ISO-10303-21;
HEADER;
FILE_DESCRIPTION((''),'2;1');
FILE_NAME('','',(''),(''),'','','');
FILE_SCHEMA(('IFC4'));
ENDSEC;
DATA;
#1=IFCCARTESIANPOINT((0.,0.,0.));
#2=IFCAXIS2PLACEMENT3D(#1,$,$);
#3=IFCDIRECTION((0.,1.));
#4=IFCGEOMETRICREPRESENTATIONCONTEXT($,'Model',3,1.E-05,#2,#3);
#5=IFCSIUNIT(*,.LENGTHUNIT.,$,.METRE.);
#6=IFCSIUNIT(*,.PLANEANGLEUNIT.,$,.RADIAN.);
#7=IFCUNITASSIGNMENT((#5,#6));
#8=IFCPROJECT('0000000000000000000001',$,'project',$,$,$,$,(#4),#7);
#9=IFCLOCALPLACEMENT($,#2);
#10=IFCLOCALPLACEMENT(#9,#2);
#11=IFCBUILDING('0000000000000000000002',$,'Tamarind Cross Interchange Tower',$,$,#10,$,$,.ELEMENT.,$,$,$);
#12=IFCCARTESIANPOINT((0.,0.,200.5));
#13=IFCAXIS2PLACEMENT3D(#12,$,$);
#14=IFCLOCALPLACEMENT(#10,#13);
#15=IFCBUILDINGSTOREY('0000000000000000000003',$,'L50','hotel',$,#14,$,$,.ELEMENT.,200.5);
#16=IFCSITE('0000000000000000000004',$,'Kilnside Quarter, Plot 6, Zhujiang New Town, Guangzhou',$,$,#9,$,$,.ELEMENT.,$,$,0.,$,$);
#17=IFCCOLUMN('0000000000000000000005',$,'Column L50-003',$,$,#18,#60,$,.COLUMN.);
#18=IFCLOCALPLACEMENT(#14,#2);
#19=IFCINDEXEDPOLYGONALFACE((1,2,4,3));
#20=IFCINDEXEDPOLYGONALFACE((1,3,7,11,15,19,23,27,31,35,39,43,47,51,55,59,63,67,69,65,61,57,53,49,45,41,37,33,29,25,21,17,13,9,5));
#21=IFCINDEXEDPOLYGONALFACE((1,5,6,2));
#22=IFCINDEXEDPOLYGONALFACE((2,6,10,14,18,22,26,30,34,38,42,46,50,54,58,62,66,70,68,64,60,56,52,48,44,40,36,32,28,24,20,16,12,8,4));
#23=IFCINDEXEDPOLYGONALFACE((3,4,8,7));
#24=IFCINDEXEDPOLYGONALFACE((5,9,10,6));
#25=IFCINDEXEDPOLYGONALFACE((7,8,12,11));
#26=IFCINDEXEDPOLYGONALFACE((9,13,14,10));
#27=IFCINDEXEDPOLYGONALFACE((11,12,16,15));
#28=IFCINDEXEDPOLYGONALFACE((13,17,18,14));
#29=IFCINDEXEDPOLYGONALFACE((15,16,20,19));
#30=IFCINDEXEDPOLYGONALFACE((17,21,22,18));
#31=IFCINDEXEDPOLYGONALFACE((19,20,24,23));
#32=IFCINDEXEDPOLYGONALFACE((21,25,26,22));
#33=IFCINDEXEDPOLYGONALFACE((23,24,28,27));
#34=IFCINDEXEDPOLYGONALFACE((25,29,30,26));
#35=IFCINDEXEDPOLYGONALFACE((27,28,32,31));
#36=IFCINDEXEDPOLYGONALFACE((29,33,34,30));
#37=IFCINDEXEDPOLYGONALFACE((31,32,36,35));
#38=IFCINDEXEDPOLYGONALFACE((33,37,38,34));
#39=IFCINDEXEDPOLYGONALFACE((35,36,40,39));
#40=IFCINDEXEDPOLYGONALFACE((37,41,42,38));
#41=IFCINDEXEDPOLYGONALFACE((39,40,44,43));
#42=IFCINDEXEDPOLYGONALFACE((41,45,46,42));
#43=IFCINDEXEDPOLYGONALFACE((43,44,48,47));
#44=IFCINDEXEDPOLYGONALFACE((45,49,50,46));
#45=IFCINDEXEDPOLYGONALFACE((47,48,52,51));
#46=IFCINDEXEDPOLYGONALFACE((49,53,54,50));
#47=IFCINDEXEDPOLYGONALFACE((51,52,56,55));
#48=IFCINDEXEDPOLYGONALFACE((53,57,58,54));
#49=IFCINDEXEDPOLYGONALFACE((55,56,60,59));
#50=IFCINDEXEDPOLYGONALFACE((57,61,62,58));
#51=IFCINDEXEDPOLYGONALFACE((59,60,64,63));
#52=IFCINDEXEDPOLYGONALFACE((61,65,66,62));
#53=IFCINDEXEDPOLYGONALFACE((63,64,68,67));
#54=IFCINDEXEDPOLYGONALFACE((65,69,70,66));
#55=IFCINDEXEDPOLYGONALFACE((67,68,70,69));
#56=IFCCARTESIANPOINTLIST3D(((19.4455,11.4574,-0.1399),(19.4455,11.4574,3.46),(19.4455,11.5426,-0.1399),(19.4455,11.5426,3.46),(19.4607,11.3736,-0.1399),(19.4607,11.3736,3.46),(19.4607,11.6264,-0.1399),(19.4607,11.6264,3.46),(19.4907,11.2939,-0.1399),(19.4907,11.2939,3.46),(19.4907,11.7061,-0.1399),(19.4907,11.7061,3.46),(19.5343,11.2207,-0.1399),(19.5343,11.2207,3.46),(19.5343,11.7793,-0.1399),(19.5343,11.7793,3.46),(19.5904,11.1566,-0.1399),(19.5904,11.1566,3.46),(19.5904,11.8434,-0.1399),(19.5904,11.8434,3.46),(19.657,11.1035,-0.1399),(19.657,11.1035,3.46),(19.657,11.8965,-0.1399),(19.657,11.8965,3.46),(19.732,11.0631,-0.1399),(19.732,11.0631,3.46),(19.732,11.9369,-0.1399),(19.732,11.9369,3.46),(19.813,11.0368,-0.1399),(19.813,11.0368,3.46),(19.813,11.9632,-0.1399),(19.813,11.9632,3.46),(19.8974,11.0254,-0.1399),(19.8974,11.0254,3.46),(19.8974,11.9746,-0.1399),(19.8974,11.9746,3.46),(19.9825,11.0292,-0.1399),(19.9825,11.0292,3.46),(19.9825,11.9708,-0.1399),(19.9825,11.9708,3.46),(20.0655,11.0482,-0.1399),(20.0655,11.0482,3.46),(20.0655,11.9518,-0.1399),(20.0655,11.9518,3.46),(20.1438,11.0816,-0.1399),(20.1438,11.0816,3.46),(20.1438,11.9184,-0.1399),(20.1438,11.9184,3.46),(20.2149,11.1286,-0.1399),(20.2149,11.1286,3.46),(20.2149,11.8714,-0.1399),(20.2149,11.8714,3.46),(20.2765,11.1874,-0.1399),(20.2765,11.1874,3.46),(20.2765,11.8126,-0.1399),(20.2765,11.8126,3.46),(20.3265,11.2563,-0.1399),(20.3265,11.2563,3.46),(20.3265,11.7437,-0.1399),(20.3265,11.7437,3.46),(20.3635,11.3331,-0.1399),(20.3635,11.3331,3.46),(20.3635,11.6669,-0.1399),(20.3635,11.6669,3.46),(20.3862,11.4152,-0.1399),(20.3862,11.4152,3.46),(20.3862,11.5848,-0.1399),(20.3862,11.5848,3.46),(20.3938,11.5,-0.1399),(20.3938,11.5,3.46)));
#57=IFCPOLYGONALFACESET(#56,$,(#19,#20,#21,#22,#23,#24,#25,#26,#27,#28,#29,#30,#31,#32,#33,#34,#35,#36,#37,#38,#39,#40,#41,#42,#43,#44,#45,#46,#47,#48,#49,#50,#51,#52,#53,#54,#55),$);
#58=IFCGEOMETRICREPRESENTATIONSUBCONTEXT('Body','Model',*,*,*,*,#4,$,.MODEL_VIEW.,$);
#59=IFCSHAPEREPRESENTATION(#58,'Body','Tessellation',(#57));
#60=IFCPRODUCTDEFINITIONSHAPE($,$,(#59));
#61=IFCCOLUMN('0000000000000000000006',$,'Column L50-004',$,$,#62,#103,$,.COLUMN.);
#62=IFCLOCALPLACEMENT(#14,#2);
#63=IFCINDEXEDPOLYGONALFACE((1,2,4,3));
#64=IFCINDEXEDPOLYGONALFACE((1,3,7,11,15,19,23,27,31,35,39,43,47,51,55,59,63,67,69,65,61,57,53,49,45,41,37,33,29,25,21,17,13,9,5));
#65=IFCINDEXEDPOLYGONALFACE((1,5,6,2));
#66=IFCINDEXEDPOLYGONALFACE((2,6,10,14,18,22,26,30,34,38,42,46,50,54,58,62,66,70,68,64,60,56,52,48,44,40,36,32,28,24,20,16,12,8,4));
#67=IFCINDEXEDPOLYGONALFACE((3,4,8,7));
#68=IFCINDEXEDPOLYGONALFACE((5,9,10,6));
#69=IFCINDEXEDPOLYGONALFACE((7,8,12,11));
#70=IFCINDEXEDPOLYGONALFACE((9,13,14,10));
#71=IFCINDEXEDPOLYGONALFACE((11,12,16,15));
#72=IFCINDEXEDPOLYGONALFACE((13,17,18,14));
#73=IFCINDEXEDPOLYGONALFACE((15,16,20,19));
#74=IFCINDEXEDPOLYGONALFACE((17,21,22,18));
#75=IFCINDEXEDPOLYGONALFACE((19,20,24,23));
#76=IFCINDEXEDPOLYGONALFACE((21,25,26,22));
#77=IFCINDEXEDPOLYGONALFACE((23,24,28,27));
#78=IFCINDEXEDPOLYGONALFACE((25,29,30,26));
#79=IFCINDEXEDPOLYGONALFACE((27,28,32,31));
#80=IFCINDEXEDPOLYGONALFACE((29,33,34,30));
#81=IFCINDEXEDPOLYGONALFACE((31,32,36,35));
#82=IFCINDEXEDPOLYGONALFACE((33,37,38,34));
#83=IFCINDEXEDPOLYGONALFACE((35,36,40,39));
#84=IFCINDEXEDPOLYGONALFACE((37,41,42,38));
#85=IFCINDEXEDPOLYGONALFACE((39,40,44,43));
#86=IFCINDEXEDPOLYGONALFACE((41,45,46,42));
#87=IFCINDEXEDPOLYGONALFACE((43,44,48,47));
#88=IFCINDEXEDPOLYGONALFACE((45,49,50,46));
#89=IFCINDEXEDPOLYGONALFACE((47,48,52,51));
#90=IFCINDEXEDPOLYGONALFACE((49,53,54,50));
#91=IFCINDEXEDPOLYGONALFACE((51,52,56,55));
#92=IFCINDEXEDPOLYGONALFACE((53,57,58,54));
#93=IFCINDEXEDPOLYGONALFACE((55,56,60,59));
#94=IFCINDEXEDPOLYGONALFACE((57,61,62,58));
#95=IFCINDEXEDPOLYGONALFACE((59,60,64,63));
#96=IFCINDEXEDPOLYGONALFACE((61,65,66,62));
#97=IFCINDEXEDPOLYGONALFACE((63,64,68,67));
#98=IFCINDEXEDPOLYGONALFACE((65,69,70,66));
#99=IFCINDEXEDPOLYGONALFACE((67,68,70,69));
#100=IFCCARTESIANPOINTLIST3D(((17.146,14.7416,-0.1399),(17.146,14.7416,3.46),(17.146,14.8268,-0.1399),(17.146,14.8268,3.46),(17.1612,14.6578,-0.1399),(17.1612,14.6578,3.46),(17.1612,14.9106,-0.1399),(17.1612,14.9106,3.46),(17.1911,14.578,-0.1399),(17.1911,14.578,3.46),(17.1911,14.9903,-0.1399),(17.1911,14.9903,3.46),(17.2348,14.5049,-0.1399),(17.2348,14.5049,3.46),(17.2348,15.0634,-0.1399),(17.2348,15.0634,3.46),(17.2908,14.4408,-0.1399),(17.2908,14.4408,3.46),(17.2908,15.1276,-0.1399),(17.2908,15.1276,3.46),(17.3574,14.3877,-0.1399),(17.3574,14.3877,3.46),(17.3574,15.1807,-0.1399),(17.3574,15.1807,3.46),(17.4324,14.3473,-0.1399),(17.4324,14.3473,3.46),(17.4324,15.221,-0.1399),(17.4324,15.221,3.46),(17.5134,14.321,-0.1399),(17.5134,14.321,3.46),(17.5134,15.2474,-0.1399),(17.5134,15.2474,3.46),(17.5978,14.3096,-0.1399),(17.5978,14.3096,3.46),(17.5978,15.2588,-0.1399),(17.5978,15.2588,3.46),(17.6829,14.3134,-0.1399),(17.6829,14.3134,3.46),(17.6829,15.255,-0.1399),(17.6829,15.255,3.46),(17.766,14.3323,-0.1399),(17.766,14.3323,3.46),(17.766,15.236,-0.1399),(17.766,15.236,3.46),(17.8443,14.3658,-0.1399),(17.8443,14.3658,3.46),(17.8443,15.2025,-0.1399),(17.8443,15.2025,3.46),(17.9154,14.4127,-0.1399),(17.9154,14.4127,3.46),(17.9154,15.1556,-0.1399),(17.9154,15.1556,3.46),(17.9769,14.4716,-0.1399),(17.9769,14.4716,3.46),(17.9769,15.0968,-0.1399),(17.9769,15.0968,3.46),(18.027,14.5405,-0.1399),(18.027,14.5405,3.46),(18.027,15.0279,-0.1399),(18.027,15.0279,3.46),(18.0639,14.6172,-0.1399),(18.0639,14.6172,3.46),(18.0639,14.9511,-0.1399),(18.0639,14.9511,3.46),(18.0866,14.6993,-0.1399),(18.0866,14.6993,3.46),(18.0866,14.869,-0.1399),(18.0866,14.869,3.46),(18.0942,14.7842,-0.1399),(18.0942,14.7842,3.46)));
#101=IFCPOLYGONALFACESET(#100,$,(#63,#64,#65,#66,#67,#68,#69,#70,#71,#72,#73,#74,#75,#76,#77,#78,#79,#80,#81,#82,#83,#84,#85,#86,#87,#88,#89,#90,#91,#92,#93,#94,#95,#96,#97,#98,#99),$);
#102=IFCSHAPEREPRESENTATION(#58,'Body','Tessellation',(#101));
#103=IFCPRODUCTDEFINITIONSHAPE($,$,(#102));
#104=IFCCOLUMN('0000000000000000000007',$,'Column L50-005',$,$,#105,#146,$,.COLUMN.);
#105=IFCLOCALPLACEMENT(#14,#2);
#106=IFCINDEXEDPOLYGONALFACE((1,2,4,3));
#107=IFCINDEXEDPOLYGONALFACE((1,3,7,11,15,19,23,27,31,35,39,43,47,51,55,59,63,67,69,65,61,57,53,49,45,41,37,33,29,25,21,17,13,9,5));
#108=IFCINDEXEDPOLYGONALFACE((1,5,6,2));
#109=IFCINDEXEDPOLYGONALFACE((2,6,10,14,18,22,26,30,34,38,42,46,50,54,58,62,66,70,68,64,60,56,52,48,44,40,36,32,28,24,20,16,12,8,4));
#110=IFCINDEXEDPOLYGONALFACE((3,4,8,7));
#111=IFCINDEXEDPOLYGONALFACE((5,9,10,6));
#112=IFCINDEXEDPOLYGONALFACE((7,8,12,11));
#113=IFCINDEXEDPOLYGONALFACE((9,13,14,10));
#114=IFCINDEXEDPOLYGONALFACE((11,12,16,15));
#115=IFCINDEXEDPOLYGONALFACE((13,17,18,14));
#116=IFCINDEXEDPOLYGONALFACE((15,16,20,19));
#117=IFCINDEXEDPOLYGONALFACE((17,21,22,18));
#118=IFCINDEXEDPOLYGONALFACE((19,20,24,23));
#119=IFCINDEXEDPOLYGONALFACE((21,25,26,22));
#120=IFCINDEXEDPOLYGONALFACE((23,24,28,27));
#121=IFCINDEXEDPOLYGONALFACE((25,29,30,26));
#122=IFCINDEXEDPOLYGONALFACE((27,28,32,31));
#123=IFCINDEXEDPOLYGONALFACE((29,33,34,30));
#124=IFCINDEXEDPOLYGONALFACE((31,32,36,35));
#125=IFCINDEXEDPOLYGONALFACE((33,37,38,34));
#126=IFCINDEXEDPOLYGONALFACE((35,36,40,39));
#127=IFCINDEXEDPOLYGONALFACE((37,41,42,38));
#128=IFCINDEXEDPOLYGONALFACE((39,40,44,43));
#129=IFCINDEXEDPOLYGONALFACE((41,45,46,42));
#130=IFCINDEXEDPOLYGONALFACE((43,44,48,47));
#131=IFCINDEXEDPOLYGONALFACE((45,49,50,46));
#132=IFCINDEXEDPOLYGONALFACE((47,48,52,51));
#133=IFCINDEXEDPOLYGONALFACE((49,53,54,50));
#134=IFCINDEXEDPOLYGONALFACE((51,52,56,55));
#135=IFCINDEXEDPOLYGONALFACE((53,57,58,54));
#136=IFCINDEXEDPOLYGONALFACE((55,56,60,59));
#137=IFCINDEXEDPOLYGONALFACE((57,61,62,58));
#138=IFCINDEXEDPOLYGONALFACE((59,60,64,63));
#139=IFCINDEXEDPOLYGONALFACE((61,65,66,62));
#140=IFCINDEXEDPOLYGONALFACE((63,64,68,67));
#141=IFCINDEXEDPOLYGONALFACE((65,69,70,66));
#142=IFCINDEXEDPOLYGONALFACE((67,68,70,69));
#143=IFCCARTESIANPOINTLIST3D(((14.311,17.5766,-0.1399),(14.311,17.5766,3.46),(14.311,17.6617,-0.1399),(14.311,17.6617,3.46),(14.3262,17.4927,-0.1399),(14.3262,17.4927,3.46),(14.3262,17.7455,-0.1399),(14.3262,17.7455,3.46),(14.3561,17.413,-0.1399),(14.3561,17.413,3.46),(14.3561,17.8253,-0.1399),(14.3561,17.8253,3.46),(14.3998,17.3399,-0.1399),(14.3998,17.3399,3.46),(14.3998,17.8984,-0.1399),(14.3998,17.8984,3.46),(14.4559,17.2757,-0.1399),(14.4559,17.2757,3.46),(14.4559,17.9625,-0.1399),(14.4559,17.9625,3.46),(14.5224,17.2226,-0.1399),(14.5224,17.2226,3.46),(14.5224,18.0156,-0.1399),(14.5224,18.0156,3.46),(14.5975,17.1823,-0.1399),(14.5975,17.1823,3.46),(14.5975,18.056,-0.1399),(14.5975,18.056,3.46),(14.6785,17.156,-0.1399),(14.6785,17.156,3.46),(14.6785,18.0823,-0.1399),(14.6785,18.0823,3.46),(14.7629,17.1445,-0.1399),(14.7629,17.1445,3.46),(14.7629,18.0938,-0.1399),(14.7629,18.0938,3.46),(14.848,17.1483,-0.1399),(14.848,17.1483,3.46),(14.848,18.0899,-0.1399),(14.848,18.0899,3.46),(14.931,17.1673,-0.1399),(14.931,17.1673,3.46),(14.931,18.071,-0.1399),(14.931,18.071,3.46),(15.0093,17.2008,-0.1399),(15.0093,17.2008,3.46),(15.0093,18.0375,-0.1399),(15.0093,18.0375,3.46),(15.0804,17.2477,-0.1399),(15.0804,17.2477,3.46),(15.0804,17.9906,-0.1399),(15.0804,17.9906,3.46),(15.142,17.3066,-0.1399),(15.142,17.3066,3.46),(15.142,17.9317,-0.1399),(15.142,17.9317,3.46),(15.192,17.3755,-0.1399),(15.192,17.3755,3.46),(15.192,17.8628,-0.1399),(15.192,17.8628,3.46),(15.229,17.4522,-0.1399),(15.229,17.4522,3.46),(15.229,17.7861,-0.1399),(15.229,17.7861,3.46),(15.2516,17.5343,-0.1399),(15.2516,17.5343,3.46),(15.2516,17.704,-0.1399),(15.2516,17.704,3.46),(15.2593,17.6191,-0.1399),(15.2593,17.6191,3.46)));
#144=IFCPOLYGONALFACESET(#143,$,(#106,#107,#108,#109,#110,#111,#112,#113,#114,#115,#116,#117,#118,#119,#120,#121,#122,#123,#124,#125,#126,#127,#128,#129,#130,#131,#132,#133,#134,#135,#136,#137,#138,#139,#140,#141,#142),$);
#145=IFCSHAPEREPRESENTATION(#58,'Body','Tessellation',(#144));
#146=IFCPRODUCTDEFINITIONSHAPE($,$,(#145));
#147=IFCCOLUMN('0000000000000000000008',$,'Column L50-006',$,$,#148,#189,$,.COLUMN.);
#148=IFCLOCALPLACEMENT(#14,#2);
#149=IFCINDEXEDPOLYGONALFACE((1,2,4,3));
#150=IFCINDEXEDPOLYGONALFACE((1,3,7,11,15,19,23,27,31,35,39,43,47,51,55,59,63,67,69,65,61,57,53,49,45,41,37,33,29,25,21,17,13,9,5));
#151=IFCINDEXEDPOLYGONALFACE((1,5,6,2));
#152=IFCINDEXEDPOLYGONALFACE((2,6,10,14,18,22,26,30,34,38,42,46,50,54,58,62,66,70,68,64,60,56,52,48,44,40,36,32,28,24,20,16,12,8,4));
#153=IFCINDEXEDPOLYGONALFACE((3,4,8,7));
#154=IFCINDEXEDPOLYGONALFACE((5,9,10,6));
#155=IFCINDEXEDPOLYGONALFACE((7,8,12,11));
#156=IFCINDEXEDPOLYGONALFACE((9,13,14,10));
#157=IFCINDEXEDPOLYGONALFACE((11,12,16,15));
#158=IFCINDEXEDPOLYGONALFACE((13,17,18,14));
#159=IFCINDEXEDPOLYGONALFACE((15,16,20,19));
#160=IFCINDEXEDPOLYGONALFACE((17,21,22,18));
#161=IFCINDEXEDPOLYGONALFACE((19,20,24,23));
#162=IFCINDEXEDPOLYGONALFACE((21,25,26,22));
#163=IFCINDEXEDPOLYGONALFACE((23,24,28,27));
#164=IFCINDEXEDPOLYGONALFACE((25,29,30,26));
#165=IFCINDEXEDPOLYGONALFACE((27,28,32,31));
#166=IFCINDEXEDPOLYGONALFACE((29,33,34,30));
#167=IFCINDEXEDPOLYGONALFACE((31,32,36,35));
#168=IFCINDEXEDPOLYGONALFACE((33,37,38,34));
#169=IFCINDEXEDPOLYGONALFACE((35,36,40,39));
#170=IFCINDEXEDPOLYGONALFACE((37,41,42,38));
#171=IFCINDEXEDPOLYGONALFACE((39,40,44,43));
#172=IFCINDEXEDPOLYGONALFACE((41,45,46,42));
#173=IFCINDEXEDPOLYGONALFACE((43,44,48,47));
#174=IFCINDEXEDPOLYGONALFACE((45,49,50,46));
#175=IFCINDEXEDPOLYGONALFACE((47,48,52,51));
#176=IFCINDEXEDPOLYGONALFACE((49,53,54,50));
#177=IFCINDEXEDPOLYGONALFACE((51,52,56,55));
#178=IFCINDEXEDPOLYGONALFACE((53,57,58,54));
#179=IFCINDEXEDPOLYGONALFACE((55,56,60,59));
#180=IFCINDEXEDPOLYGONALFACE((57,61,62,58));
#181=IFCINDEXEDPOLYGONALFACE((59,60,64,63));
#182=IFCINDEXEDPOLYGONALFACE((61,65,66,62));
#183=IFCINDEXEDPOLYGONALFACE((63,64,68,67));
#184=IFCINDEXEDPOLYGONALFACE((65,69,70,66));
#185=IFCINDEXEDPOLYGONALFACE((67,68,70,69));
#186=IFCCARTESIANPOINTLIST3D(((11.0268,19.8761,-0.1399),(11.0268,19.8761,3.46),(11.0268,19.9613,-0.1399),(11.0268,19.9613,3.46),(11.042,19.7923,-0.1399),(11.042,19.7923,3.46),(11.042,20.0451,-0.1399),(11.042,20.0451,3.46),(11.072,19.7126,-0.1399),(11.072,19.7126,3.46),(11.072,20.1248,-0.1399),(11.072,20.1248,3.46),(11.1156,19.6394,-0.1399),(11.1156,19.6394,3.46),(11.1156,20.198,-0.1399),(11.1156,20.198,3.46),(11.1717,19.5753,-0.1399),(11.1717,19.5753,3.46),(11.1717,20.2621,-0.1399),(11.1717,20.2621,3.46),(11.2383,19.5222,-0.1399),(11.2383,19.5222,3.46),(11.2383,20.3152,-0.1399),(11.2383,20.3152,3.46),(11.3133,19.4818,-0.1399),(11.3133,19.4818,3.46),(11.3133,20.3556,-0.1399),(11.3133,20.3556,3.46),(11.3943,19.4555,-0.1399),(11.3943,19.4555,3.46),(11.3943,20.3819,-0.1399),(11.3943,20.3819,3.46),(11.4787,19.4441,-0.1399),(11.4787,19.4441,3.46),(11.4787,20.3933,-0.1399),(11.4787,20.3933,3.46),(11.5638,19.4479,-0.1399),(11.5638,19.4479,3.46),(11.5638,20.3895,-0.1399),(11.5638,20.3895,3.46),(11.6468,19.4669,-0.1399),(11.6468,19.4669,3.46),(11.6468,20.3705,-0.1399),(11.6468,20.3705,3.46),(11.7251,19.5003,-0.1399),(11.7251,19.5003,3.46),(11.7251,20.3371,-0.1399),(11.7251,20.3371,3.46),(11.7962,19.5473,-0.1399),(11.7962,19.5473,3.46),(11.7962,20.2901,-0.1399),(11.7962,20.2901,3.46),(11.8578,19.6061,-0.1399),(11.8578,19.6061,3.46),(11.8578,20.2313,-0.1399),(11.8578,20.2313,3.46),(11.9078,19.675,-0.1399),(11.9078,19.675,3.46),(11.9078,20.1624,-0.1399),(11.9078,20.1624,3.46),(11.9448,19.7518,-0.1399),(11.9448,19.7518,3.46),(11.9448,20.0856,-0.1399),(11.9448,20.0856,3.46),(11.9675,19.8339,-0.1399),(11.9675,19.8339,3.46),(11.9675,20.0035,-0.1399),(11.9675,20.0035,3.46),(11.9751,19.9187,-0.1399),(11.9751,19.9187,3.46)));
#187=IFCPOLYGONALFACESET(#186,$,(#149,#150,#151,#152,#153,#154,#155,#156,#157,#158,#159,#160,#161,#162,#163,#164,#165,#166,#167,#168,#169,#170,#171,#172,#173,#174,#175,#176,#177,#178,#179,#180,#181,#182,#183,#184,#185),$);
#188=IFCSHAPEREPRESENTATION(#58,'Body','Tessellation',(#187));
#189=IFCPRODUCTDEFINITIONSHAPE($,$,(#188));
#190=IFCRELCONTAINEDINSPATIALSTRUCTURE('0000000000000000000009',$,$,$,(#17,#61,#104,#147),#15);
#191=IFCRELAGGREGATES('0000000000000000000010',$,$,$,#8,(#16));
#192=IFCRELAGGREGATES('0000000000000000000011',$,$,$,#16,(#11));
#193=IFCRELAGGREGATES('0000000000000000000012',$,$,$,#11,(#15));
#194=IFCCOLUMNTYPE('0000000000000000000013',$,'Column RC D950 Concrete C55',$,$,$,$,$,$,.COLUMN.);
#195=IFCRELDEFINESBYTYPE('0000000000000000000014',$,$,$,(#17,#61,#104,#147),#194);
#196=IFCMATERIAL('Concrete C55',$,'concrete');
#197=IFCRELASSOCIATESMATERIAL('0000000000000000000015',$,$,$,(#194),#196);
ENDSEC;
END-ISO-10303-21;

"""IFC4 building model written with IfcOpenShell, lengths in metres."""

from ifc_helpers import new_model, si_unit, direction, frame, origin, origin_2d, place, context, subcontext, project, spatial, circle, extrude, material, material_profile, profile_set, type_object, element, save


model = new_model("IFC4")

# Units and contexts
model_context = context("Model", 3, precision=1e-05, world=origin(), true_north=direction((0.0, 1.0)))
body_context = subcontext(model_context, "Body", "Model", "MODEL_VIEW")
ifc_project = project(units=[si_unit("LENGTHUNIT", "METRE"), si_unit("PLANEANGLEUNIT", "RADIAN")], contexts=[model_context])

# Site, building, storey
site_placement = place(None, origin())
site = spatial("IfcSite", under=ifc_project, at=site_placement, Name="Kilnside Quarter, Plot 6, Zhujiang New Town, Guangzhou", CompositionType="ELEMENT", RefElevation=0.0)
building_placement = place(site_placement, origin())
building = spatial("IfcBuilding", under=site, at=building_placement, Name="Tamarind Cross Interchange Tower", CompositionType="ELEMENT")
storey_placement = place(building_placement, frame((0.0, 0.0, 200.5)))
storey = spatial("IfcBuildingStorey", under=building, at=storey_placement, Name="L50", Description="hotel", CompositionType="ELEMENT", Elevation=200.5)

# Columns
ifc_material_1 = material(Name="Concrete C55", Category="concrete")
ifc_material_profile_1 = material_profile(ifc_material_1, circle(Radius=0.4751, at=origin_2d()), Name="RC D950")
ifc_profile_set_1 = profile_set([ifc_material_profile_1], Name="Concrete C55")
column_type = type_object("IfcColumnType", Name="Column RC D950 Concrete C55", PredefinedType="COLUMN", material=ifc_profile_set_1)
for number, where, z_axis, x_axis, name in (
    (1, (19.9187, 11.5, -0.1399), (0.0, 0.0, 1.0), (1.0, 0.0, 0.0), "Column L50-003"),
    (2, (17.6191, 14.7842, -0.1399), (0.0, 0.0, 1.0), (1.0, 0.0, 0.0), "Column L50-004"),
    (3, (14.7842, 17.6191, -0.1399), (0.0, 0.0, 1.0), (1.0, 0.0, 0.0), "Column L50-005"),
    (4, (11.5, 19.9187, -0.1399), (0.0, 0.0, 1.0), (1.0, 0.0, 0.0), "Column L50-006"),
):
    element("IfcColumn", number, at=place(storey_placement, frame(where, z_axis=z_axis, x_axis=x_axis)), inside=storey, type_object=column_type, Name=name, PredefinedType="COLUMN", context=body_context, shape_type="SweptSolid", body=[
        extrude(circle(Radius=0.4751, at=origin_2d()), origin(), (0.0, 0.0, 1.0), 3.5999),
    ])

save(model, "model.ifc")
